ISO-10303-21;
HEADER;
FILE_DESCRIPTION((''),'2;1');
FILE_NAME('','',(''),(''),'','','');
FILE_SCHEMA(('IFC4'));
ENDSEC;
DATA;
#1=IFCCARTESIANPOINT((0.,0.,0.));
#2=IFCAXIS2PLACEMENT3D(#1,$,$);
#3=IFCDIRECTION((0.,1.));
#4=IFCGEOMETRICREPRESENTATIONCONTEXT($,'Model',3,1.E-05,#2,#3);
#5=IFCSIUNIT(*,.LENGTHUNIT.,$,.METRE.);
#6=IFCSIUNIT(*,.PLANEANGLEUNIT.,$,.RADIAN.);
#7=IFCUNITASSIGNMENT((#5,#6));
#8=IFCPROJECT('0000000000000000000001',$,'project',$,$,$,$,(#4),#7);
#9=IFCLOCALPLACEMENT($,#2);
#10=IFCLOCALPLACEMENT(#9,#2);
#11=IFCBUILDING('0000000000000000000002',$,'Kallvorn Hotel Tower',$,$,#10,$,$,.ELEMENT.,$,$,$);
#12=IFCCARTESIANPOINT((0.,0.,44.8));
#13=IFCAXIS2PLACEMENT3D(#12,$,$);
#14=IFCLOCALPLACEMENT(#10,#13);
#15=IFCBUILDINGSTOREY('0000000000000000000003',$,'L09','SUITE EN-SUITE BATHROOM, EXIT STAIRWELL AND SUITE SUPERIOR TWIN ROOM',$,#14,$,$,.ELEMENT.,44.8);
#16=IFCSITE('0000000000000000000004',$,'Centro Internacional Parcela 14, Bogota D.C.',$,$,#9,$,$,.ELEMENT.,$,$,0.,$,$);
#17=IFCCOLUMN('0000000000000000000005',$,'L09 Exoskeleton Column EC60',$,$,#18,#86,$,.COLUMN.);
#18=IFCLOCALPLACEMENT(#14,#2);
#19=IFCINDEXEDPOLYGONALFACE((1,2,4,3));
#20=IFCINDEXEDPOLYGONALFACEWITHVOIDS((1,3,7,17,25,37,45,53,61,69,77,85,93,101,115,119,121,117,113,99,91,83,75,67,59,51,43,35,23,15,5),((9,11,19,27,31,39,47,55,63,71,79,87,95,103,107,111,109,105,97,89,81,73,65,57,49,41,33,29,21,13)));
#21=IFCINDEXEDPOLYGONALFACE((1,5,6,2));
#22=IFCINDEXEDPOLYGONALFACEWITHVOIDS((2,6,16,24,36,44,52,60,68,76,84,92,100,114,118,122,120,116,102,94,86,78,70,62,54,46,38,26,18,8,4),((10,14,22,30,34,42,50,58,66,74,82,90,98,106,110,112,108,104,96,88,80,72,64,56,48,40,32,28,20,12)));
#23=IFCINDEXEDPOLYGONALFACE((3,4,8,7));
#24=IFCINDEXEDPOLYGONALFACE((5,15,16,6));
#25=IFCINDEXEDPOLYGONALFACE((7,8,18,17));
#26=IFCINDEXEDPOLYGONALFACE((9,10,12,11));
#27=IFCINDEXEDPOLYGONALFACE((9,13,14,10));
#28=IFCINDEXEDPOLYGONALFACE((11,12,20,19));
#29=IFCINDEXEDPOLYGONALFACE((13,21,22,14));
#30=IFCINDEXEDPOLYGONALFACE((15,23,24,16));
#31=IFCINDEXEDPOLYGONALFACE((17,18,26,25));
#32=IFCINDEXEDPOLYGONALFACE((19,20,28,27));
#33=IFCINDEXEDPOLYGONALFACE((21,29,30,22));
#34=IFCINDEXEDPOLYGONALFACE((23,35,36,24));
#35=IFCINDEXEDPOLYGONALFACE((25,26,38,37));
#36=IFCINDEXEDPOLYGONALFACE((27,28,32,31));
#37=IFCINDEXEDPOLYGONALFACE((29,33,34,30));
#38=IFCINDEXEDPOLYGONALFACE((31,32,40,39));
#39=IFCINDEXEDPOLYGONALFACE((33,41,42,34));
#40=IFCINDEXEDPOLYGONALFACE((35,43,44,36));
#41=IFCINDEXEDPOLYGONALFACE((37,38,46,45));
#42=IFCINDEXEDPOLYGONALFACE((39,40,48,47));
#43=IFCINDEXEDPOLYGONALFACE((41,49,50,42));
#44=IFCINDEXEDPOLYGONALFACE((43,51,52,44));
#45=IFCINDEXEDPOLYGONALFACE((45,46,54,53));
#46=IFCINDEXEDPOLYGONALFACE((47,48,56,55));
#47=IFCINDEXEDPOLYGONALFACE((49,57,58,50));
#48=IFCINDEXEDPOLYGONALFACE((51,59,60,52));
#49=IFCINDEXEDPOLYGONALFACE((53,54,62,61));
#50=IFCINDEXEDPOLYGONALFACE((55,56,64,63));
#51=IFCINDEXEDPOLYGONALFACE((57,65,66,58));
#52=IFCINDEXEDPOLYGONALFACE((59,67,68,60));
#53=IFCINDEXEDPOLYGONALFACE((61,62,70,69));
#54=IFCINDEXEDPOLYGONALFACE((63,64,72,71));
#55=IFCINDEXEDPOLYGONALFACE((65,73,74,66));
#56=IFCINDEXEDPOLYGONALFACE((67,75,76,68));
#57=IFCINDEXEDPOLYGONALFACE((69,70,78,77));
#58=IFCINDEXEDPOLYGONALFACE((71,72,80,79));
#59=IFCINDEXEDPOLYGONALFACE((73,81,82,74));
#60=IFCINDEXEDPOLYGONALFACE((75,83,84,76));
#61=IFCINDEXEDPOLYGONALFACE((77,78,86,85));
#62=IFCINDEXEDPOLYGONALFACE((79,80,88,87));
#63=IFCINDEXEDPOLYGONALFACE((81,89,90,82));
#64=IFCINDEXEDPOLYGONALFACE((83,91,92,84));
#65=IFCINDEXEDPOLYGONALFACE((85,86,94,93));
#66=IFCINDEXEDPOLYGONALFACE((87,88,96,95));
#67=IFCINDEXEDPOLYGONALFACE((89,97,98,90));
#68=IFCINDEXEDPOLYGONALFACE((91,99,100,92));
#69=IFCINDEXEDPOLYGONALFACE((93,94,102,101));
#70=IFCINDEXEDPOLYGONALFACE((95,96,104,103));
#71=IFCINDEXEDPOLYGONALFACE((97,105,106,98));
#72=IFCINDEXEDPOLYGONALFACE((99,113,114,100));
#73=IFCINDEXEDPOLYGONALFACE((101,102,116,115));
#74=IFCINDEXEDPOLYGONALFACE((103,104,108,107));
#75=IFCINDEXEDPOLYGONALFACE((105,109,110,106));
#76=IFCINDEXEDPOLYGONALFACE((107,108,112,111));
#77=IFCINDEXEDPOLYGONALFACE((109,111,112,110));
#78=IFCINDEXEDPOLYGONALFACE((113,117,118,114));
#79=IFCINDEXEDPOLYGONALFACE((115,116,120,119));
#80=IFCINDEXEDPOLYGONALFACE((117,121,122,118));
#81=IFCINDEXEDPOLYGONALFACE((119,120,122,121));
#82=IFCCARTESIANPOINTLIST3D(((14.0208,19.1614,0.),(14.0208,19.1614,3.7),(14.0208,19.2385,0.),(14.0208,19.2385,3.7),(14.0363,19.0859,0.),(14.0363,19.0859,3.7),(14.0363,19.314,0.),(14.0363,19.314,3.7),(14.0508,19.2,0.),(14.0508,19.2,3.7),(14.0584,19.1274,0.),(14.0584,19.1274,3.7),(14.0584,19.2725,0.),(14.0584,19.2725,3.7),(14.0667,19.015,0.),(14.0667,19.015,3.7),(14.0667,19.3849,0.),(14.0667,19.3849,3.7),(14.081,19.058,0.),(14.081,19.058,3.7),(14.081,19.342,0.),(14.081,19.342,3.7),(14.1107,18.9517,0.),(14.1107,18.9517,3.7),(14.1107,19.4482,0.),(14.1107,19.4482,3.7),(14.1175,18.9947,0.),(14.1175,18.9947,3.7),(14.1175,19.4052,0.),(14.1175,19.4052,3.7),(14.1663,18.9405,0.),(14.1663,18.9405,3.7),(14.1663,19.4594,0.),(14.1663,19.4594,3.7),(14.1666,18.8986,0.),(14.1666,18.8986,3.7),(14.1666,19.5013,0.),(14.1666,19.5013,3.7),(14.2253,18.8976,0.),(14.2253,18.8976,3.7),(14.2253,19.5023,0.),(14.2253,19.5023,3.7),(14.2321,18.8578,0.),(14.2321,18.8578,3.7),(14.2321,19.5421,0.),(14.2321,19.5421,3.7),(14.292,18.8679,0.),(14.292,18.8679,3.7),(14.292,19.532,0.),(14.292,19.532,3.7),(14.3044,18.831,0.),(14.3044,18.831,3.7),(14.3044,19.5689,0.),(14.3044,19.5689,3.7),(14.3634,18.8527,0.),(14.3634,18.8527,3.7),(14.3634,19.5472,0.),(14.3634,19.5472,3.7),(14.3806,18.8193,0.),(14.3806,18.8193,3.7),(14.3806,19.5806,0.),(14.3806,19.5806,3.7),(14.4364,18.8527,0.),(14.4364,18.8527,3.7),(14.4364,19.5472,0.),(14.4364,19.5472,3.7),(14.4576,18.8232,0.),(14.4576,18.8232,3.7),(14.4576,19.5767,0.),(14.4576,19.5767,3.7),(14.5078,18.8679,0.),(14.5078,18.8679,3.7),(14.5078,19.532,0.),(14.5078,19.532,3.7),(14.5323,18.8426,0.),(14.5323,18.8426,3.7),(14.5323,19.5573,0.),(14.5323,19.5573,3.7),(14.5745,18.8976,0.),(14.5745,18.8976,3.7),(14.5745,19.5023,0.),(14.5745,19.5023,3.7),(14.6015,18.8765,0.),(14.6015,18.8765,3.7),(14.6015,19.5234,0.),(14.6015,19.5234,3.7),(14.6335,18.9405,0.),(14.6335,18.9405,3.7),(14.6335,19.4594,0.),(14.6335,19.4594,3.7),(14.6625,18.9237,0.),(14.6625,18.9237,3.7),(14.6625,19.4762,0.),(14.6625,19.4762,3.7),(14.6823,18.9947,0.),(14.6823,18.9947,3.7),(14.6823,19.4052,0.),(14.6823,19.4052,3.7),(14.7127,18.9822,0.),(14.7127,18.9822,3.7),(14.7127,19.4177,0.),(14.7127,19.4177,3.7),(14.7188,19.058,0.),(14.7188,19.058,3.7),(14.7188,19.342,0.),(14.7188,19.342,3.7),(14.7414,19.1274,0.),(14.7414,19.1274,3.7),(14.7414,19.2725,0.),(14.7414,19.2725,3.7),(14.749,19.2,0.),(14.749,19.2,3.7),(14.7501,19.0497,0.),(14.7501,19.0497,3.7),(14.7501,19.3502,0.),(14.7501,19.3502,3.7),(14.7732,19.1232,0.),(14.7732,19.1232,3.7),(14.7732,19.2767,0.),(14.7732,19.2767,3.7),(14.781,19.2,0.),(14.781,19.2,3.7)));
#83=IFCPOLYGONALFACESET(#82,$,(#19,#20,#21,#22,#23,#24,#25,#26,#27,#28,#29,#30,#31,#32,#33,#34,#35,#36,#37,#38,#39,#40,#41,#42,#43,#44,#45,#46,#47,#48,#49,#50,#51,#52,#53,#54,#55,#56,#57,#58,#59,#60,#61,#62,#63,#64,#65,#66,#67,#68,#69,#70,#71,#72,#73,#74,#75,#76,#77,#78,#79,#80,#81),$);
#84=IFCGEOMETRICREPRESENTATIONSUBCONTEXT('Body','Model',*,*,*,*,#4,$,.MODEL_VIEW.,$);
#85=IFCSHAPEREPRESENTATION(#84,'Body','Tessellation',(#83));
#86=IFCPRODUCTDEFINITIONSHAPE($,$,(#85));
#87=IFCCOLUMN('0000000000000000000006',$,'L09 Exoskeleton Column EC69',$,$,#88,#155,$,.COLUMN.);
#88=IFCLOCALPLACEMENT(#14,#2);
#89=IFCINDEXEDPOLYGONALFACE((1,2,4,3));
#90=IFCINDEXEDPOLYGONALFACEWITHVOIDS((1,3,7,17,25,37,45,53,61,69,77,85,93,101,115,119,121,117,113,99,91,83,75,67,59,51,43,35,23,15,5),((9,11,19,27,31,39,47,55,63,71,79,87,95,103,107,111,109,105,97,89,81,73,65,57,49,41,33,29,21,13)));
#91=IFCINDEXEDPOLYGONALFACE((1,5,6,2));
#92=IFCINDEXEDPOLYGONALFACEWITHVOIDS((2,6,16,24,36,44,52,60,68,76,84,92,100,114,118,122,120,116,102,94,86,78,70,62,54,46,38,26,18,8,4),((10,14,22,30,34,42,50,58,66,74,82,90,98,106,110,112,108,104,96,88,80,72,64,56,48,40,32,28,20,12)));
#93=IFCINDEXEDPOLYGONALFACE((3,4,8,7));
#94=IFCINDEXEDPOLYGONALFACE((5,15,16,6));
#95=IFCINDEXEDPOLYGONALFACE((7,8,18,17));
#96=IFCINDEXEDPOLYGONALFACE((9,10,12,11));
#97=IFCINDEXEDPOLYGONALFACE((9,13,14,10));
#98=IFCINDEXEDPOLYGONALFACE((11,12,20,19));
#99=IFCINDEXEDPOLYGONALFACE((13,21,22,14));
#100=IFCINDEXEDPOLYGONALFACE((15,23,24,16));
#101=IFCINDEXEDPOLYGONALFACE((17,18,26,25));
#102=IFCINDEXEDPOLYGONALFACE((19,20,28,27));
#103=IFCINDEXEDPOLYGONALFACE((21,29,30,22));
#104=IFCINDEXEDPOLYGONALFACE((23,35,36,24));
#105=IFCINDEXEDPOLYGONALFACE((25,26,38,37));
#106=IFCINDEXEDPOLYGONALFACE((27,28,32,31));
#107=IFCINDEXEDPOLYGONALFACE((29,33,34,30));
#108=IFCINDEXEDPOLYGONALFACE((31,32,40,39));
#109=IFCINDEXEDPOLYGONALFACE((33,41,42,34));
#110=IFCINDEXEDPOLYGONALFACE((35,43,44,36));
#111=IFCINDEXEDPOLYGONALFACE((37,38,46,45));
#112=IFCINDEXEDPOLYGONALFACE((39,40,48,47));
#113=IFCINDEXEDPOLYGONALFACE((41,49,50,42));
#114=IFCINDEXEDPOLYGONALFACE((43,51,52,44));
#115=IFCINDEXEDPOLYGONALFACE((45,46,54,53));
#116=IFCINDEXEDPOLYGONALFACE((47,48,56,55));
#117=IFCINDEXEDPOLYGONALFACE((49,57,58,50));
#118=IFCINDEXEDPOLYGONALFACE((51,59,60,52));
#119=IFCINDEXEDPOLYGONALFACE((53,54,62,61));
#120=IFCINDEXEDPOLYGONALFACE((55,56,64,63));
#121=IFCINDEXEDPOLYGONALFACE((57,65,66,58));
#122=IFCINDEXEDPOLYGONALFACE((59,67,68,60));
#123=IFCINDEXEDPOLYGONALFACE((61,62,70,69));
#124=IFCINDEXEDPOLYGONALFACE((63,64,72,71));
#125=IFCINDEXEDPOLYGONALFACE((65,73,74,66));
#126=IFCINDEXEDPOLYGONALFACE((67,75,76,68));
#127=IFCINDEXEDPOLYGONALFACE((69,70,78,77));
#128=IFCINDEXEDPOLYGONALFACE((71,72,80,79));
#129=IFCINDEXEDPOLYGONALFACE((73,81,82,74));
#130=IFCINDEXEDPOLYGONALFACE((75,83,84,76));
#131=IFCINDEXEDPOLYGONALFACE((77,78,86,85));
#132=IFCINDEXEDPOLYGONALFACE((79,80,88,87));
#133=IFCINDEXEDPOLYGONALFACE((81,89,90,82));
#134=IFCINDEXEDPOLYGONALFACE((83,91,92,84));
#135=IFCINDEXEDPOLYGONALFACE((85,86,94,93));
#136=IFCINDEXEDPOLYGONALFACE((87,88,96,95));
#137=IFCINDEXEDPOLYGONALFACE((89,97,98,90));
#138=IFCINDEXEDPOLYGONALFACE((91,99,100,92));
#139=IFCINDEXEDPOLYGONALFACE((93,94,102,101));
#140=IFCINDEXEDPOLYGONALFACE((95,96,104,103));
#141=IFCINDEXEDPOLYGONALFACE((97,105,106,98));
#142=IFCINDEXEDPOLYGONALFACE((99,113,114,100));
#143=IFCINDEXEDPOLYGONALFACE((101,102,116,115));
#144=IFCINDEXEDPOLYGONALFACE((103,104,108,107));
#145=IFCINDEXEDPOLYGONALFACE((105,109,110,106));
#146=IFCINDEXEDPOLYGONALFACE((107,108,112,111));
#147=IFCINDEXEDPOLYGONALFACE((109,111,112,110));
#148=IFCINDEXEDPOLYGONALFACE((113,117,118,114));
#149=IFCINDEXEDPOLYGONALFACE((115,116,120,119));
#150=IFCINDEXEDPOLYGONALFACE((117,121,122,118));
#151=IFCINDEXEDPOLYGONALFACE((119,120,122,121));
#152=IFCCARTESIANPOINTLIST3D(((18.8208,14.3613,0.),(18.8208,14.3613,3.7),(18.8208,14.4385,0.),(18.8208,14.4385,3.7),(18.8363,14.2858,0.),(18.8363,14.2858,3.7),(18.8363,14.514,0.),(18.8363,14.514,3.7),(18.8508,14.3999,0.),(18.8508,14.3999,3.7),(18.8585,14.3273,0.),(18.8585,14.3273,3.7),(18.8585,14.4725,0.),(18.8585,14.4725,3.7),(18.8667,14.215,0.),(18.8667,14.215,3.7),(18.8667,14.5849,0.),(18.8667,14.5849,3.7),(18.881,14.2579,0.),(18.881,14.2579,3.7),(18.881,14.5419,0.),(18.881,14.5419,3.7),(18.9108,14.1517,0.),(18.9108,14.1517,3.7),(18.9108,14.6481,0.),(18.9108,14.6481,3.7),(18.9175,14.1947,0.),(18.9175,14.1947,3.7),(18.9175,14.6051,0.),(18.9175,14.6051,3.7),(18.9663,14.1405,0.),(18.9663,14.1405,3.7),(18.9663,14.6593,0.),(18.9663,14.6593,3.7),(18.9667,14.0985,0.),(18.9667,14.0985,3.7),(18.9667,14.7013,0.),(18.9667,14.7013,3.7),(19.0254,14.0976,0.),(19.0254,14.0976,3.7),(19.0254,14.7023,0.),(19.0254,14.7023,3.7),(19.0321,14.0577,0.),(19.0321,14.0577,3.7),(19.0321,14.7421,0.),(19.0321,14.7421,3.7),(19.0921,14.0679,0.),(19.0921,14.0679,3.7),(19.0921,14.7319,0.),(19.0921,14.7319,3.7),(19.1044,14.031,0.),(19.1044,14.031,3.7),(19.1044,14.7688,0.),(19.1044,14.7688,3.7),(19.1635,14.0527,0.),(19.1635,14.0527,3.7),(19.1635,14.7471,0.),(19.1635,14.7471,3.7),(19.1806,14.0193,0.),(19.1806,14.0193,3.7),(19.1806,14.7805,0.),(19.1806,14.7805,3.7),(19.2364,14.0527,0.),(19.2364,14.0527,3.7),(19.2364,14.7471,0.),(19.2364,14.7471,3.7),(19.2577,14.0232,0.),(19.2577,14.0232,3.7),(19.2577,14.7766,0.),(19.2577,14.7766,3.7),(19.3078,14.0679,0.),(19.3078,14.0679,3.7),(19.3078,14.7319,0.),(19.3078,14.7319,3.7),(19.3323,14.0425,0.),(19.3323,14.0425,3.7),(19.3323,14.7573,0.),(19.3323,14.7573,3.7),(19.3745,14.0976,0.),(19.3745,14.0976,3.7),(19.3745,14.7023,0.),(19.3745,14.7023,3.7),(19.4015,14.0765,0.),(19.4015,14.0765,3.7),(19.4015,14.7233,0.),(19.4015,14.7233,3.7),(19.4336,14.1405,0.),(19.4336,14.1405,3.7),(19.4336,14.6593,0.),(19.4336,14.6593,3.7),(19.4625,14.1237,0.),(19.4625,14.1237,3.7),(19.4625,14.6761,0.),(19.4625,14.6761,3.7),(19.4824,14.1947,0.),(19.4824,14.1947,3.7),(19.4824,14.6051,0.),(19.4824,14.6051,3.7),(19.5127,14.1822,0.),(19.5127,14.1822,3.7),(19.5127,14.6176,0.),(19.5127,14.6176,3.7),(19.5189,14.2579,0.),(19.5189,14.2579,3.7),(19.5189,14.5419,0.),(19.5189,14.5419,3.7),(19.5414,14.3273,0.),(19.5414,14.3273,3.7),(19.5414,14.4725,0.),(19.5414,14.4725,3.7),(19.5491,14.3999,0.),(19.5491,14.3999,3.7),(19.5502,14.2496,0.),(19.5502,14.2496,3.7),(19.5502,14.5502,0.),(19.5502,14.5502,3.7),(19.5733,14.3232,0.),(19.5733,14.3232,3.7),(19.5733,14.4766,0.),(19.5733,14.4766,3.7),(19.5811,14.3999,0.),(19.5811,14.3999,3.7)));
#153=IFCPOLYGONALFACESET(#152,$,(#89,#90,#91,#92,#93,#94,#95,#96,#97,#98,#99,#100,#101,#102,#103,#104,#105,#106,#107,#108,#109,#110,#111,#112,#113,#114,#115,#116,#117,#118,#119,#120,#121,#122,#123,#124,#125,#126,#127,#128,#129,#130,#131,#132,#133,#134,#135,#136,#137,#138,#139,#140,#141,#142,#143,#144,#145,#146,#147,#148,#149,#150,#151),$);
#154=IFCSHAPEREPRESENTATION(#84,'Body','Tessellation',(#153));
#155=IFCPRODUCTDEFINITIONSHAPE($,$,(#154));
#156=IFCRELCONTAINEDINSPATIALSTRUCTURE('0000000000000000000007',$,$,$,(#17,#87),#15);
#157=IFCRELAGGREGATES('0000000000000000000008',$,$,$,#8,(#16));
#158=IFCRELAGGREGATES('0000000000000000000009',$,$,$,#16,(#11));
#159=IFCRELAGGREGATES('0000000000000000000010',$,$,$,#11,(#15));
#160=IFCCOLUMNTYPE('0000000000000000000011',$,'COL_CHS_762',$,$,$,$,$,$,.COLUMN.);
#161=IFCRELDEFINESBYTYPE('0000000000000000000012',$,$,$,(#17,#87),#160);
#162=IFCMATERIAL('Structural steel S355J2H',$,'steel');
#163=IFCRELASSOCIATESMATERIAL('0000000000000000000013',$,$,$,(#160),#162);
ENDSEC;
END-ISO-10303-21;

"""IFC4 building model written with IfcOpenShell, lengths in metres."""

from ifc_helpers import new_model, si_unit, direction, frame, origin, origin_2d, place, context, subcontext, project, spatial, hollow_circle, extrude, material, material_profile, profile_set, type_object, element, save


model = new_model("IFC4")

# Units and contexts
model_context = context("Model", 3, precision=1e-05, world=origin(), true_north=direction((0.0, 1.0)))
body_context = subcontext(model_context, "Body", "Model", "MODEL_VIEW")
ifc_project = project(units=[si_unit("LENGTHUNIT", "METRE"), si_unit("PLANEANGLEUNIT", "RADIAN")], contexts=[model_context])

# Site, building, storey
site_placement = place(None, origin())
site = spatial("IfcSite", under=ifc_project, at=site_placement, Name="Centro Internacional Parcela 14, Bogota D.C.", CompositionType="ELEMENT", RefElevation=0.0)
building_placement = place(site_placement, origin())
building = spatial("IfcBuilding", under=site, at=building_placement, Name="Kallvorn Hotel Tower", CompositionType="ELEMENT")
storey_placement = place(building_placement, frame((0.0, 0.0, 44.8)))
storey = spatial("IfcBuildingStorey", under=building, at=storey_placement, Name="L09", Description="SUITE EN-SUITE BATHROOM, EXIT STAIRWELL AND SUITE SUPERIOR TWIN ROOM", CompositionType="ELEMENT", Elevation=44.8)

# Columns
ifc_material_1 = material(Name="Structural steel S355J2H", Category="steel")
ifc_material_profile_1 = material_profile(ifc_material_1, hollow_circle(Radius=0.3811, WallThickness=0.032, at=origin_2d()), Name="CHS 762x32")
ifc_profile_set_1 = profile_set([ifc_material_profile_1], Name="Structural steel S355J2H")
column_type_1 = type_object("IfcColumnType", Name="COL_CHS_762", PredefinedType="COLUMN", material=ifc_profile_set_1)
for number, where, z_axis, x_axis, name in (
    (1, (14.3999, 19.2, 0.0), (0.0, 0.0, 1.0), (1.0, 0.0, 0.0), "L09 Exoskeleton Column EC60"),
    (2, (19.2, 14.3999, 0.0), (0.0, 0.0, 1.0), (1.0, 0.0, 0.0), "L09 Exoskeleton Column EC69"),
):
    element("IfcColumn", number, at=place(storey_placement, frame(where, z_axis=z_axis, x_axis=x_axis)), inside=storey, type_object=column_type_1, Name=name, PredefinedType="COLUMN", context=body_context, shape_type="SweptSolid", body=[
        extrude(hollow_circle(Radius=0.3811, WallThickness=0.032, at=origin_2d()), origin(), (0.0, 0.0, 1.0), 3.7),
    ])

save(model, "model.ifc")
